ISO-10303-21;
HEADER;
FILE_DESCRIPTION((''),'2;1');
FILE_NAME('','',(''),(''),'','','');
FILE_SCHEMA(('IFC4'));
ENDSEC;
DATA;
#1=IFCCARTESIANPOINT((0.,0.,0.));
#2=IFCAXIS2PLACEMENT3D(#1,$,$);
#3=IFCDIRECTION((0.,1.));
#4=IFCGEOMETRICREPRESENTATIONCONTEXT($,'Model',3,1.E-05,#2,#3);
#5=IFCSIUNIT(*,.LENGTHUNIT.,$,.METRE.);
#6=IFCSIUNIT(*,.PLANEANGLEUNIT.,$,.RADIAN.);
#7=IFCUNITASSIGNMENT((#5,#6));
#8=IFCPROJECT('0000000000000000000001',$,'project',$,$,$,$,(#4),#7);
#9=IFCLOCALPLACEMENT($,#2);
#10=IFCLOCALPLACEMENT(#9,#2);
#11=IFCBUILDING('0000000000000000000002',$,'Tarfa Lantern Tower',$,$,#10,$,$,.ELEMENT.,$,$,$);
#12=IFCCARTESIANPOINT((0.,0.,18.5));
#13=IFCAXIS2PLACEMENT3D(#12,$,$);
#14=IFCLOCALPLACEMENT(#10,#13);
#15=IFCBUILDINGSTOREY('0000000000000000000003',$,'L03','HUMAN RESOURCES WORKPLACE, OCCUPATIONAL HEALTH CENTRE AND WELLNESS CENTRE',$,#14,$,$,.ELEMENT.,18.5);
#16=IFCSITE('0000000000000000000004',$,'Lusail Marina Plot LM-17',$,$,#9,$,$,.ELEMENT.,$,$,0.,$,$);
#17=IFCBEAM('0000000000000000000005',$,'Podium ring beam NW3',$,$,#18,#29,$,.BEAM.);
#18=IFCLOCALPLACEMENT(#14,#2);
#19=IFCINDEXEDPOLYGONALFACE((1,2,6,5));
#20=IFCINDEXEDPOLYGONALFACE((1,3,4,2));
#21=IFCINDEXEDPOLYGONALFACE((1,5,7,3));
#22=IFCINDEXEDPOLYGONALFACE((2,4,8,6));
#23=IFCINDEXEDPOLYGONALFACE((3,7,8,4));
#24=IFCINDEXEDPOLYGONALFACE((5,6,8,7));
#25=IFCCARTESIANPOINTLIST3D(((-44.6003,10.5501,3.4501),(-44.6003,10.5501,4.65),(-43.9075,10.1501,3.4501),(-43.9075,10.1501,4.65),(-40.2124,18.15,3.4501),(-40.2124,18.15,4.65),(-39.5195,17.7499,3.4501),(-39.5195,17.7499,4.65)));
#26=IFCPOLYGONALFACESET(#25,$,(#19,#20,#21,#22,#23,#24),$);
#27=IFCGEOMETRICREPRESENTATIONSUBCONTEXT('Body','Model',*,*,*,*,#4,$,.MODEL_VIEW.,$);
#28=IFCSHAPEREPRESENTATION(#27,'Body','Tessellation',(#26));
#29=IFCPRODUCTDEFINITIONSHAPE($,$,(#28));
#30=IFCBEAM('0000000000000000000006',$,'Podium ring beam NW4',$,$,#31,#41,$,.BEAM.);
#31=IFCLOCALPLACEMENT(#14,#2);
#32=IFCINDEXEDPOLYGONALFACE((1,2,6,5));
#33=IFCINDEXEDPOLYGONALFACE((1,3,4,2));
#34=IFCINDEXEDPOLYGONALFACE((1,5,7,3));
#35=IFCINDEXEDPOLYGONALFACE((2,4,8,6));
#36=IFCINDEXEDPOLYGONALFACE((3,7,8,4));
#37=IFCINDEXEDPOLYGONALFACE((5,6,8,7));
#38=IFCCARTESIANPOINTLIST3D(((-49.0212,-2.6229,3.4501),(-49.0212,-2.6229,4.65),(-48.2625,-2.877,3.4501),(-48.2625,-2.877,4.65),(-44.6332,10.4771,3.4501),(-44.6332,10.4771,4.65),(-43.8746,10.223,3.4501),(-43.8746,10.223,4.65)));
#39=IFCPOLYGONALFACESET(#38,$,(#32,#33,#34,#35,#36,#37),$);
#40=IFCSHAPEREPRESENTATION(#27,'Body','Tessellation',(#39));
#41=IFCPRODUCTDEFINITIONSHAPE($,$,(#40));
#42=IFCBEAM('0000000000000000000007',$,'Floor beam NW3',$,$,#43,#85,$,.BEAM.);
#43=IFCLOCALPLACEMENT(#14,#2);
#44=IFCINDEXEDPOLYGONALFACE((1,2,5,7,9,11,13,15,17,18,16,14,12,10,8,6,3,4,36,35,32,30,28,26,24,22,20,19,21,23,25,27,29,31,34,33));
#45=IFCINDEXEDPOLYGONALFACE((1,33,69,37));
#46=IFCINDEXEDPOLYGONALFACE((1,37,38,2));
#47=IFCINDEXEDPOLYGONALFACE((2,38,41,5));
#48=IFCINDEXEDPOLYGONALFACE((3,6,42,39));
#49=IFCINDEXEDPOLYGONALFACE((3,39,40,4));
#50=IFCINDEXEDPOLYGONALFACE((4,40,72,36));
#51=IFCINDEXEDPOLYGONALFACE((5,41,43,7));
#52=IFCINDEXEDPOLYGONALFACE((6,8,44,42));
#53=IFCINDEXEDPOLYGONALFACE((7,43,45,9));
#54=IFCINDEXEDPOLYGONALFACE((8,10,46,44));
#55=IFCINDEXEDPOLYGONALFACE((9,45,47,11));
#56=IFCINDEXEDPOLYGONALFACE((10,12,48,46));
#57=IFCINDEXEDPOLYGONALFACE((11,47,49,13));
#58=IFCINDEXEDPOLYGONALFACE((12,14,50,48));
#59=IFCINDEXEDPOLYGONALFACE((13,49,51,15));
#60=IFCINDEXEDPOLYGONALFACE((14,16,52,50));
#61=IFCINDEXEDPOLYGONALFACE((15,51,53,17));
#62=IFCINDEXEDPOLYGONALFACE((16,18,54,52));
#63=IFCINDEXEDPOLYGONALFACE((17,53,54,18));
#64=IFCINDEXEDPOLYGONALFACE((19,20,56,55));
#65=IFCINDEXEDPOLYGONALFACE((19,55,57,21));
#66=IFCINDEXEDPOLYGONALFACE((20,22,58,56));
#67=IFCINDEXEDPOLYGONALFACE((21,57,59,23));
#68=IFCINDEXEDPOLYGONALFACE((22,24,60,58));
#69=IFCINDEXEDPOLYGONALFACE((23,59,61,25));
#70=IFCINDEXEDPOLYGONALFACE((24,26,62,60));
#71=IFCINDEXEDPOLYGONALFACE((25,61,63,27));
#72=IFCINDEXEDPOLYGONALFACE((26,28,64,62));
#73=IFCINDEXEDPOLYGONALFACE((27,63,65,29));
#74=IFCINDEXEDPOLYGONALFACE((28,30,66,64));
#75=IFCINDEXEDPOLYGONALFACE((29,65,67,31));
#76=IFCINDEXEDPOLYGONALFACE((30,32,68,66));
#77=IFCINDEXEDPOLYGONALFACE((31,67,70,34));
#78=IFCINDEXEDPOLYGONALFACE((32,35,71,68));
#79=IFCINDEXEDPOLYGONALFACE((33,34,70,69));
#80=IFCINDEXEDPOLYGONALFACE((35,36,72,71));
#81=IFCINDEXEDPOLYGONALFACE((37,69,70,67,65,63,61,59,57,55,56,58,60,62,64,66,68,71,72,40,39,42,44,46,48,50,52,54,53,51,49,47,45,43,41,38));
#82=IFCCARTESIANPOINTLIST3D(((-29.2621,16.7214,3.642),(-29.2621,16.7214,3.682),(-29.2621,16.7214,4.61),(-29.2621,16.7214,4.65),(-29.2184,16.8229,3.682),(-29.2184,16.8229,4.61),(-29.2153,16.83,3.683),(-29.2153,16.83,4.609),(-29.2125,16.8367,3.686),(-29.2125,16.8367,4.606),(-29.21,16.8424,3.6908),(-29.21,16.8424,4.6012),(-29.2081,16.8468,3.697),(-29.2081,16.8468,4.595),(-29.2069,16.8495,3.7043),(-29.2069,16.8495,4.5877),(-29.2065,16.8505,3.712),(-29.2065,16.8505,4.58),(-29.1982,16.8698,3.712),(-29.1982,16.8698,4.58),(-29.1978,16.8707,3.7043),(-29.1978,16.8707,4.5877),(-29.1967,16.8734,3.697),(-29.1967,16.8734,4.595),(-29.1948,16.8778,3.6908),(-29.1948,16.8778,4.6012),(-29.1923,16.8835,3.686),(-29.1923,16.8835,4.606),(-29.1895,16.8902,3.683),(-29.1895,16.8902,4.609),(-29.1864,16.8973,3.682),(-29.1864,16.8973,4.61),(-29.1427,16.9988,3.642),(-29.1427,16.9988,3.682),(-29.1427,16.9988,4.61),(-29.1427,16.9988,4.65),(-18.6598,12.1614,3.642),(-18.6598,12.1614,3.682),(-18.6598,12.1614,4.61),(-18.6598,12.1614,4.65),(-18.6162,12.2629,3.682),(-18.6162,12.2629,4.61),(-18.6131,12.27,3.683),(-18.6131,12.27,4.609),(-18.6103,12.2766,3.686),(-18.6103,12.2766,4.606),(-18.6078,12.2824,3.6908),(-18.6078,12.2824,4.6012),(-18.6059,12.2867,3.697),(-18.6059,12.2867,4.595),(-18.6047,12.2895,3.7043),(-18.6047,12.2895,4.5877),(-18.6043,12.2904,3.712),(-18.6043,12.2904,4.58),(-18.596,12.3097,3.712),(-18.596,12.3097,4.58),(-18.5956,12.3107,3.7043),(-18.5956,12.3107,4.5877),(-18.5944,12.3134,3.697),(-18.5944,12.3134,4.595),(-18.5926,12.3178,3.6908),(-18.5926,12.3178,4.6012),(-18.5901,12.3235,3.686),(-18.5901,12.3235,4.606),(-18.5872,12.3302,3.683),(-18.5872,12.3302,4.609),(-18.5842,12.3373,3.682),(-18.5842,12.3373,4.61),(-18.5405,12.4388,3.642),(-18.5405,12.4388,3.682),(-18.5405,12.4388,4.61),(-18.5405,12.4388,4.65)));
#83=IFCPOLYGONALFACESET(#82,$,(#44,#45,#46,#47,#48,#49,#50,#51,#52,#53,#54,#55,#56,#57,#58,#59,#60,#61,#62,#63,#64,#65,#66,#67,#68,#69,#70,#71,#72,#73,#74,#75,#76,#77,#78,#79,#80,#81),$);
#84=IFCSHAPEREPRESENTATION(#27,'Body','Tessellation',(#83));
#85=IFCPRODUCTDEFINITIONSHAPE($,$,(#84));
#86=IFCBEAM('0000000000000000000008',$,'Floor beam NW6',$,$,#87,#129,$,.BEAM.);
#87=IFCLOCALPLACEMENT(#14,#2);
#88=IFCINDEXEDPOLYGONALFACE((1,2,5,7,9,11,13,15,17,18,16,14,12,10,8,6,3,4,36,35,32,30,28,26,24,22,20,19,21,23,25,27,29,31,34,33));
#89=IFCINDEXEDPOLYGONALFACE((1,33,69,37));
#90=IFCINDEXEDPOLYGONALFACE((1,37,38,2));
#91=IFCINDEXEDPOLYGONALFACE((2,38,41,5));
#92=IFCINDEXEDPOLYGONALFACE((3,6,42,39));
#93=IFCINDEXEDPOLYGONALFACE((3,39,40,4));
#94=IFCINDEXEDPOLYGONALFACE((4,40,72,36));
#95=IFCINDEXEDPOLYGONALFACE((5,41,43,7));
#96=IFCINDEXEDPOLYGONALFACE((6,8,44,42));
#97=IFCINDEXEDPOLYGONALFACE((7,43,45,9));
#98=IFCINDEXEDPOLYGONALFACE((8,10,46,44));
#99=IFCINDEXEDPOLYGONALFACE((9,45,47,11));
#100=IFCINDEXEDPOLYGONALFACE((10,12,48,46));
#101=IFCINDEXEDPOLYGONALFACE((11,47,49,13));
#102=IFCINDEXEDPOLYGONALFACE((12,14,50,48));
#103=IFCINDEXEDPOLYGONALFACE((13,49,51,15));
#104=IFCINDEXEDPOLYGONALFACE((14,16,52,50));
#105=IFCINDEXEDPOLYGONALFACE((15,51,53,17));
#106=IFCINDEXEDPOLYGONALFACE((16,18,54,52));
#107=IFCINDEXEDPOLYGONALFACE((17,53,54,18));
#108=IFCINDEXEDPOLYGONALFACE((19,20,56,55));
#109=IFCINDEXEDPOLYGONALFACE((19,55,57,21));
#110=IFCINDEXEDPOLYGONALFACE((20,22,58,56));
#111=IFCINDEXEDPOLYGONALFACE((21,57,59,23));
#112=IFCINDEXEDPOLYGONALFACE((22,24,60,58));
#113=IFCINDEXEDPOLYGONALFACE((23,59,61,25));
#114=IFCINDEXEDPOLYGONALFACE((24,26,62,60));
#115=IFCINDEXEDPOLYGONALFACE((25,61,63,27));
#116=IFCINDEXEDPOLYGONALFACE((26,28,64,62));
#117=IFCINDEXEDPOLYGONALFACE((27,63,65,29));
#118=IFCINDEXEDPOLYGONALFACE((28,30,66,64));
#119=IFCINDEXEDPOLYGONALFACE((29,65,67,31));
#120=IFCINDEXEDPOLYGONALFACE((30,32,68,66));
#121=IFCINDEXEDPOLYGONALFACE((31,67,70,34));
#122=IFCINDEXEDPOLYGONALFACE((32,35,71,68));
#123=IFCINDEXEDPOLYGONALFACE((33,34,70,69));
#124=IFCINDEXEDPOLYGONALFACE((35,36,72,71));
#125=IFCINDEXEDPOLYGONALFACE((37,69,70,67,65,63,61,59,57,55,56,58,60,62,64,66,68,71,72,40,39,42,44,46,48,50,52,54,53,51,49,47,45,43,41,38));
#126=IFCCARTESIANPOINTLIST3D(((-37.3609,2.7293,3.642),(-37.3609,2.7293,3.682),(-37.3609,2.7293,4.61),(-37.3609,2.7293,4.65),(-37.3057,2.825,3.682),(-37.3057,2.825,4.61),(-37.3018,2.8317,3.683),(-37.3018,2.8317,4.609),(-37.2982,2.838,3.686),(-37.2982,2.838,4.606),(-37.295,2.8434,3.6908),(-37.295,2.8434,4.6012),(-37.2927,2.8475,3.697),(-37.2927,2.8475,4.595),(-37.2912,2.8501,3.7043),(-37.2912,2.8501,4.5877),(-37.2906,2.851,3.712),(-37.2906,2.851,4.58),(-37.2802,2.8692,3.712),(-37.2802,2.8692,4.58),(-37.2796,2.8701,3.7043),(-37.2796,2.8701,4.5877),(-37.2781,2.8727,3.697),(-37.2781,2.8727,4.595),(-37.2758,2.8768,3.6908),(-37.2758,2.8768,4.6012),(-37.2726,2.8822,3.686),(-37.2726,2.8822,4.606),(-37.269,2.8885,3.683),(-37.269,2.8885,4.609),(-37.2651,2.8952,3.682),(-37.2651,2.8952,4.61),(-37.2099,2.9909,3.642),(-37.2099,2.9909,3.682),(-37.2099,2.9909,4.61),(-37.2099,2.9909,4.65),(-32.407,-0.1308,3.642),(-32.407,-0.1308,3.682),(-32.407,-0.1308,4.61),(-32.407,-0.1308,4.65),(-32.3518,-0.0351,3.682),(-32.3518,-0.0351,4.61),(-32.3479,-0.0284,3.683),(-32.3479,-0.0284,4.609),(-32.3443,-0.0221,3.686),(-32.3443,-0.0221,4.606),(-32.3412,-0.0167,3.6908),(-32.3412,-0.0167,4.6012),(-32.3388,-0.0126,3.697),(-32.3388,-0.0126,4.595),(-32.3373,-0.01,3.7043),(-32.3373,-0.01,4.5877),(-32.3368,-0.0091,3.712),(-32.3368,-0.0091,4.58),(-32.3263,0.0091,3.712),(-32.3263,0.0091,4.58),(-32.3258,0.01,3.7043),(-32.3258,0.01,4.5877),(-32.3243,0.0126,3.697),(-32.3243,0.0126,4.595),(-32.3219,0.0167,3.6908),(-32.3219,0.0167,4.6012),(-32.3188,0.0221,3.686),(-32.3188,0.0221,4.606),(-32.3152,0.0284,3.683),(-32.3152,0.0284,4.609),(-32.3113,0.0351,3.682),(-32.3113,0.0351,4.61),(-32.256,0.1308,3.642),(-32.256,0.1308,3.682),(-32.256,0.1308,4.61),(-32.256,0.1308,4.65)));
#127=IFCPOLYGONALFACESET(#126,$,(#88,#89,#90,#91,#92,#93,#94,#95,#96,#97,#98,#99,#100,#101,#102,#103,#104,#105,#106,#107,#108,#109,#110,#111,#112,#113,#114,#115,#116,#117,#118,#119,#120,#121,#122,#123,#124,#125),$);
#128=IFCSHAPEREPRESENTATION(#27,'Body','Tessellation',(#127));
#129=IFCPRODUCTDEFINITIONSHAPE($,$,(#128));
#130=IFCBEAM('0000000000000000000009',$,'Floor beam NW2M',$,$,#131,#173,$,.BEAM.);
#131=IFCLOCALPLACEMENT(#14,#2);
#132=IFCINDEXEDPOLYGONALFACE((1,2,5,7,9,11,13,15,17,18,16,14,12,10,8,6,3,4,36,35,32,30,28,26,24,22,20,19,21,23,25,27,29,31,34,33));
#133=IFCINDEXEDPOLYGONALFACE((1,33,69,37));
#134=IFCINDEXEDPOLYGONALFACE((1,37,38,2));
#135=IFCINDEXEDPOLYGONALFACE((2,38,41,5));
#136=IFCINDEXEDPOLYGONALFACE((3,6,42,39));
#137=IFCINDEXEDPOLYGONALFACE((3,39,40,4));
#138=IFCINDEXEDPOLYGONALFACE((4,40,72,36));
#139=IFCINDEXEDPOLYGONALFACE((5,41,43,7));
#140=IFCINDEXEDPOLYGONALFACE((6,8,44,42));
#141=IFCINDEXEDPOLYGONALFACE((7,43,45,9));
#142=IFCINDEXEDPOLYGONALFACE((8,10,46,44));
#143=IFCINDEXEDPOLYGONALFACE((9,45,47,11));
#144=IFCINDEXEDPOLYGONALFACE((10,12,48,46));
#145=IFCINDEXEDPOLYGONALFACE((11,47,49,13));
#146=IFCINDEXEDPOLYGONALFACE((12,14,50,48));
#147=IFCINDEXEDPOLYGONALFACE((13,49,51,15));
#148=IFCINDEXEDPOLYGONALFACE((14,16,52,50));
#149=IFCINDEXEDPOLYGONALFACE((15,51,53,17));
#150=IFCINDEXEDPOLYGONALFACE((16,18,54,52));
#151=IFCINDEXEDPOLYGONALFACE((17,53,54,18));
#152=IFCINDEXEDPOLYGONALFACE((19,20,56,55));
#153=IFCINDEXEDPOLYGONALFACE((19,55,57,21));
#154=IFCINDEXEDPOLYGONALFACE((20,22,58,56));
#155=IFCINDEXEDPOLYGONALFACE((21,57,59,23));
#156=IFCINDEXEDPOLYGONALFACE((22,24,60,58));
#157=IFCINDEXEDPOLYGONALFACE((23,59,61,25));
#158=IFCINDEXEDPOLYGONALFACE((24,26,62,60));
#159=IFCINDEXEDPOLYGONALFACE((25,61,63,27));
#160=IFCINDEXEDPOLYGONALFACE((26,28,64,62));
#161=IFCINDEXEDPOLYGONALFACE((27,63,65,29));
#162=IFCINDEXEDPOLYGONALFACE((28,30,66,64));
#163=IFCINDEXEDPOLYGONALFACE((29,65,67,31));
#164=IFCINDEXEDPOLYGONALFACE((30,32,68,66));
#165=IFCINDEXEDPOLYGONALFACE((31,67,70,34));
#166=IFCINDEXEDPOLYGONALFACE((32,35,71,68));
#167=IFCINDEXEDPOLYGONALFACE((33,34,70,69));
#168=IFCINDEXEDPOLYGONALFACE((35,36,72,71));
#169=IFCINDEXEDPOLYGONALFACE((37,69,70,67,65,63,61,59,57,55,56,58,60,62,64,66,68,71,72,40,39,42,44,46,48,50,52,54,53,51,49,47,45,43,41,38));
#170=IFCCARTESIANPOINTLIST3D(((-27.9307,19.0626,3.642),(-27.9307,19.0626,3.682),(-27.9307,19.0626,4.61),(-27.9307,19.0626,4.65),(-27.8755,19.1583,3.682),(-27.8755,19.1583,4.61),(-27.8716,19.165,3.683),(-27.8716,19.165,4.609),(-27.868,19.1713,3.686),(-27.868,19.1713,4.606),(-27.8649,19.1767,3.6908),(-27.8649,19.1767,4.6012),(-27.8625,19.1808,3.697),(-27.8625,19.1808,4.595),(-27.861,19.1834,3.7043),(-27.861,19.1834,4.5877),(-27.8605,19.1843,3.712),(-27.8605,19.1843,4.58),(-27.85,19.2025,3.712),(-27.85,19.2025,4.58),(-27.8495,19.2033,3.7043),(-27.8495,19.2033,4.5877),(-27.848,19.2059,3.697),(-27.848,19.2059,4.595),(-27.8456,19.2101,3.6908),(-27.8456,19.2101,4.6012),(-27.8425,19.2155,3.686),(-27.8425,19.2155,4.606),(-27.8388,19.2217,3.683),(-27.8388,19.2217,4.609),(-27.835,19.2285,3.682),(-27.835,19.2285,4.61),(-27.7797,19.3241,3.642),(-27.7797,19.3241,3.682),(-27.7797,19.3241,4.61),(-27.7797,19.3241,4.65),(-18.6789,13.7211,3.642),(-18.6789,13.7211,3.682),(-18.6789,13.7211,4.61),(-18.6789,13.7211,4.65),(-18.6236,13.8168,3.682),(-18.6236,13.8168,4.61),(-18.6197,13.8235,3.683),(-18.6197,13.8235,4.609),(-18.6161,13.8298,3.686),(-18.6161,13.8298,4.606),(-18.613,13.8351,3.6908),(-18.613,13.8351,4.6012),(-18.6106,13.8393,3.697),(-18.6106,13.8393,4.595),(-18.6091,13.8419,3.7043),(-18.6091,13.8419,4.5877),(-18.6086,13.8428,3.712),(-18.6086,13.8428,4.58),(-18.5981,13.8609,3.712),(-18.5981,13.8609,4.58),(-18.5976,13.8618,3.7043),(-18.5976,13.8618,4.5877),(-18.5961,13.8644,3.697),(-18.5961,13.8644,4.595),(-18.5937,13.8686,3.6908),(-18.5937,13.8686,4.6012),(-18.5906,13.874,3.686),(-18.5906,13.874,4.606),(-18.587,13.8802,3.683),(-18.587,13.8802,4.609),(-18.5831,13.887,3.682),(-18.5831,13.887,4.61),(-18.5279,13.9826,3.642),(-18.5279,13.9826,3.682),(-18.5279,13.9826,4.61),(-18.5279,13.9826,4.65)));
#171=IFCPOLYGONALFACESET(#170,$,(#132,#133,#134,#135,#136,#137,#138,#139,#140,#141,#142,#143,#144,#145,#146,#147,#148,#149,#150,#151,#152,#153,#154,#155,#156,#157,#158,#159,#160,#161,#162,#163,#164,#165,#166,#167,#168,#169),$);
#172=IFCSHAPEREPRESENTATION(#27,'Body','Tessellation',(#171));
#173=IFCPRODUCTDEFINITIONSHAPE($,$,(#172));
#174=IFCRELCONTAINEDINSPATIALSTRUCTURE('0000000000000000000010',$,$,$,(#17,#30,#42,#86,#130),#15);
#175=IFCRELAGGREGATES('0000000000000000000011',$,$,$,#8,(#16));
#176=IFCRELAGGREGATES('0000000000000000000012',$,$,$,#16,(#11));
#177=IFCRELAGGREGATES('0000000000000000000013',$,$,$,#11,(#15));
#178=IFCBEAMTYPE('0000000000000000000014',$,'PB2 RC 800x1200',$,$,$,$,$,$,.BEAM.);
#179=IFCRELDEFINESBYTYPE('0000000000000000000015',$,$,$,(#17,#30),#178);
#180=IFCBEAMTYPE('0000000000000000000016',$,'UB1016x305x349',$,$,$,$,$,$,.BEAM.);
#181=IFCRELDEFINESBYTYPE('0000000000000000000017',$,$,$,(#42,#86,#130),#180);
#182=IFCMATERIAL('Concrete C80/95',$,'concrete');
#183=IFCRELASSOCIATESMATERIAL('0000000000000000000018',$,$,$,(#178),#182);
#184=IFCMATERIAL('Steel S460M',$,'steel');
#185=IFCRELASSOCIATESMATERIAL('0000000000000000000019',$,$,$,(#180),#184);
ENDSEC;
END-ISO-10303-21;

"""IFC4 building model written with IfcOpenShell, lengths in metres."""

from ifc_helpers import new_model, si_unit, direction, frame, origin, origin_2d, place, context, subcontext, project, spatial, rectangle, i_section, extrude, material, material_profile, profile_set, type_object, element, save


model = new_model("IFC4")

# Units and contexts
model_context = context("Model", 3, precision=1e-05, world=origin(), true_north=direction((0.0, 1.0)))
body_context = subcontext(model_context, "Body", "Model", "MODEL_VIEW")
ifc_project = project(units=[si_unit("LENGTHUNIT", "METRE"), si_unit("PLANEANGLEUNIT", "RADIAN")], contexts=[model_context])

# Site, building, storey
site_placement = place(None, origin())
site = spatial("IfcSite", under=ifc_project, at=site_placement, Name="Lusail Marina Plot LM-17", CompositionType="ELEMENT", RefElevation=0.0)
building_placement = place(site_placement, origin())
building = spatial("IfcBuilding", under=site, at=building_placement, Name="Tarfa Lantern Tower", CompositionType="ELEMENT")
storey_placement = place(building_placement, frame((0.0, 0.0, 18.5)))
storey = spatial("IfcBuildingStorey", under=building, at=storey_placement, Name="L03", Description="HUMAN RESOURCES WORKPLACE, OCCUPATIONAL HEALTH CENTRE AND WELLNESS CENTRE", CompositionType="ELEMENT", Elevation=18.5)

# Shared definitions
ifc_material_1 = material(Name="Concrete C80/95", Category="concrete")

# Beams
ifc_material_profile_1 = material_profile(ifc_material_1, rectangle(XDim=0.8, YDim=1.2, at=origin_2d()), Name="RC 800x1200")
ifc_profile_set_1 = profile_set([ifc_material_profile_1], Name="Concrete C80/95")
beam_type_1 = type_object("IfcBeamType", Name="PB2 RC 800x1200", PredefinedType="BEAM", material=ifc_profile_set_1)
beam_1_placement = place(storey_placement, frame((-39.866, 17.95, 4.05), z_axis=(-0.500014, -0.866017, 0.0), x_axis=(0.866017, -0.500014, 0.0)))
element("IfcBeam", 1, at=beam_1_placement, inside=storey, type_object=beam_type_1, Name="Podium ring beam NW3", PredefinedType="BEAM", context=body_context, shape_type="SweptSolid", body=[
    extrude(rectangle(XDim=0.8, YDim=1.2, at=origin_2d()), origin(), (0.0, 0.0, 1.0), 8.7756),
])
beam_2_placement = place(storey_placement, frame((-44.2539, 10.3501, 4.05), z_axis=(-0.317611, -0.948221, 0.0), x_axis=(0.948221, -0.317611, 0.0)))
element("IfcBeam", 2, at=beam_2_placement, inside=storey, type_object=beam_type_1, Name="Podium ring beam NW4", PredefinedType="BEAM", context=body_context, shape_type="SweptSolid", body=[
    extrude(rectangle(XDim=0.8, YDim=1.2, at=origin_2d()), origin(), (0.0, 0.0, 1.0), 13.8154),
])
ifc_material_2 = material(Name="Steel S460M", Category="steel")
ifc_material_profile_2 = material_profile(ifc_material_2, i_section(OverallWidth=0.302, OverallDepth=1.0081, WebThickness=0.021, FlangeThickness=0.04, FilletRadius=0.03, at=origin_2d()), Name="UB1016x305x349")
ifc_profile_set_2 = profile_set([ifc_material_profile_2], Name="Steel S460M")
beam_type_2 = type_object("IfcBeamType", Name="UB1016x305x349", PredefinedType="BEAM", material=ifc_profile_set_2)
beam_3_placement = place(storey_placement, frame((-29.2024, 16.8601, 4.146), z_axis=(0.918635, -0.395106, 0.0), x_axis=(0.395106, 0.918635, 0.0)))
element("IfcBeam", 3, at=beam_3_placement, inside=storey, type_object=beam_type_2, Name="Floor beam NW3", PredefinedType="BEAM", context=body_context, shape_type="SweptSolid", body=[
    extrude(i_section(OverallWidth=0.302, OverallDepth=1.0081, WebThickness=0.021, FlangeThickness=0.04, FilletRadius=0.03, at=origin_2d()), origin(), (0.0, 0.0, 1.0), 11.5413),
])
beam_4_placement = place(storey_placement, frame((-37.2854, 2.8601, 4.146), z_axis=(0.866026, -0.5, 0.0), x_axis=(0.5, 0.866026, 0.0)))
element("IfcBeam", 4, at=beam_4_placement, inside=storey, type_object=beam_type_2, Name="Floor beam NW6", PredefinedType="BEAM", context=body_context, shape_type="SweptSolid", body=[
    extrude(i_section(OverallWidth=0.302, OverallDepth=1.0081, WebThickness=0.021, FlangeThickness=0.04, FilletRadius=0.03, at=origin_2d()), origin(), (0.0, 0.0, 1.0), 5.7202),
])
beam_5_placement = place(storey_placement, frame((-27.8552, 19.1934, 4.146), z_axis=(0.866028, -0.499995, 0.0), x_axis=(0.499995, 0.866028, 0.0)))
element("IfcBeam", 5, at=beam_5_placement, inside=storey, type_object=beam_type_2, Name="Floor beam NW2M", PredefinedType="BEAM", context=body_context, shape_type="SweptSolid", body=[
    extrude(i_section(OverallWidth=0.302, OverallDepth=1.0081, WebThickness=0.021, FlangeThickness=0.04, FilletRadius=0.03, at=origin_2d()), origin(), (0.0, 0.0, 1.0), 10.6831),
])

save(model, "model.ifc")
